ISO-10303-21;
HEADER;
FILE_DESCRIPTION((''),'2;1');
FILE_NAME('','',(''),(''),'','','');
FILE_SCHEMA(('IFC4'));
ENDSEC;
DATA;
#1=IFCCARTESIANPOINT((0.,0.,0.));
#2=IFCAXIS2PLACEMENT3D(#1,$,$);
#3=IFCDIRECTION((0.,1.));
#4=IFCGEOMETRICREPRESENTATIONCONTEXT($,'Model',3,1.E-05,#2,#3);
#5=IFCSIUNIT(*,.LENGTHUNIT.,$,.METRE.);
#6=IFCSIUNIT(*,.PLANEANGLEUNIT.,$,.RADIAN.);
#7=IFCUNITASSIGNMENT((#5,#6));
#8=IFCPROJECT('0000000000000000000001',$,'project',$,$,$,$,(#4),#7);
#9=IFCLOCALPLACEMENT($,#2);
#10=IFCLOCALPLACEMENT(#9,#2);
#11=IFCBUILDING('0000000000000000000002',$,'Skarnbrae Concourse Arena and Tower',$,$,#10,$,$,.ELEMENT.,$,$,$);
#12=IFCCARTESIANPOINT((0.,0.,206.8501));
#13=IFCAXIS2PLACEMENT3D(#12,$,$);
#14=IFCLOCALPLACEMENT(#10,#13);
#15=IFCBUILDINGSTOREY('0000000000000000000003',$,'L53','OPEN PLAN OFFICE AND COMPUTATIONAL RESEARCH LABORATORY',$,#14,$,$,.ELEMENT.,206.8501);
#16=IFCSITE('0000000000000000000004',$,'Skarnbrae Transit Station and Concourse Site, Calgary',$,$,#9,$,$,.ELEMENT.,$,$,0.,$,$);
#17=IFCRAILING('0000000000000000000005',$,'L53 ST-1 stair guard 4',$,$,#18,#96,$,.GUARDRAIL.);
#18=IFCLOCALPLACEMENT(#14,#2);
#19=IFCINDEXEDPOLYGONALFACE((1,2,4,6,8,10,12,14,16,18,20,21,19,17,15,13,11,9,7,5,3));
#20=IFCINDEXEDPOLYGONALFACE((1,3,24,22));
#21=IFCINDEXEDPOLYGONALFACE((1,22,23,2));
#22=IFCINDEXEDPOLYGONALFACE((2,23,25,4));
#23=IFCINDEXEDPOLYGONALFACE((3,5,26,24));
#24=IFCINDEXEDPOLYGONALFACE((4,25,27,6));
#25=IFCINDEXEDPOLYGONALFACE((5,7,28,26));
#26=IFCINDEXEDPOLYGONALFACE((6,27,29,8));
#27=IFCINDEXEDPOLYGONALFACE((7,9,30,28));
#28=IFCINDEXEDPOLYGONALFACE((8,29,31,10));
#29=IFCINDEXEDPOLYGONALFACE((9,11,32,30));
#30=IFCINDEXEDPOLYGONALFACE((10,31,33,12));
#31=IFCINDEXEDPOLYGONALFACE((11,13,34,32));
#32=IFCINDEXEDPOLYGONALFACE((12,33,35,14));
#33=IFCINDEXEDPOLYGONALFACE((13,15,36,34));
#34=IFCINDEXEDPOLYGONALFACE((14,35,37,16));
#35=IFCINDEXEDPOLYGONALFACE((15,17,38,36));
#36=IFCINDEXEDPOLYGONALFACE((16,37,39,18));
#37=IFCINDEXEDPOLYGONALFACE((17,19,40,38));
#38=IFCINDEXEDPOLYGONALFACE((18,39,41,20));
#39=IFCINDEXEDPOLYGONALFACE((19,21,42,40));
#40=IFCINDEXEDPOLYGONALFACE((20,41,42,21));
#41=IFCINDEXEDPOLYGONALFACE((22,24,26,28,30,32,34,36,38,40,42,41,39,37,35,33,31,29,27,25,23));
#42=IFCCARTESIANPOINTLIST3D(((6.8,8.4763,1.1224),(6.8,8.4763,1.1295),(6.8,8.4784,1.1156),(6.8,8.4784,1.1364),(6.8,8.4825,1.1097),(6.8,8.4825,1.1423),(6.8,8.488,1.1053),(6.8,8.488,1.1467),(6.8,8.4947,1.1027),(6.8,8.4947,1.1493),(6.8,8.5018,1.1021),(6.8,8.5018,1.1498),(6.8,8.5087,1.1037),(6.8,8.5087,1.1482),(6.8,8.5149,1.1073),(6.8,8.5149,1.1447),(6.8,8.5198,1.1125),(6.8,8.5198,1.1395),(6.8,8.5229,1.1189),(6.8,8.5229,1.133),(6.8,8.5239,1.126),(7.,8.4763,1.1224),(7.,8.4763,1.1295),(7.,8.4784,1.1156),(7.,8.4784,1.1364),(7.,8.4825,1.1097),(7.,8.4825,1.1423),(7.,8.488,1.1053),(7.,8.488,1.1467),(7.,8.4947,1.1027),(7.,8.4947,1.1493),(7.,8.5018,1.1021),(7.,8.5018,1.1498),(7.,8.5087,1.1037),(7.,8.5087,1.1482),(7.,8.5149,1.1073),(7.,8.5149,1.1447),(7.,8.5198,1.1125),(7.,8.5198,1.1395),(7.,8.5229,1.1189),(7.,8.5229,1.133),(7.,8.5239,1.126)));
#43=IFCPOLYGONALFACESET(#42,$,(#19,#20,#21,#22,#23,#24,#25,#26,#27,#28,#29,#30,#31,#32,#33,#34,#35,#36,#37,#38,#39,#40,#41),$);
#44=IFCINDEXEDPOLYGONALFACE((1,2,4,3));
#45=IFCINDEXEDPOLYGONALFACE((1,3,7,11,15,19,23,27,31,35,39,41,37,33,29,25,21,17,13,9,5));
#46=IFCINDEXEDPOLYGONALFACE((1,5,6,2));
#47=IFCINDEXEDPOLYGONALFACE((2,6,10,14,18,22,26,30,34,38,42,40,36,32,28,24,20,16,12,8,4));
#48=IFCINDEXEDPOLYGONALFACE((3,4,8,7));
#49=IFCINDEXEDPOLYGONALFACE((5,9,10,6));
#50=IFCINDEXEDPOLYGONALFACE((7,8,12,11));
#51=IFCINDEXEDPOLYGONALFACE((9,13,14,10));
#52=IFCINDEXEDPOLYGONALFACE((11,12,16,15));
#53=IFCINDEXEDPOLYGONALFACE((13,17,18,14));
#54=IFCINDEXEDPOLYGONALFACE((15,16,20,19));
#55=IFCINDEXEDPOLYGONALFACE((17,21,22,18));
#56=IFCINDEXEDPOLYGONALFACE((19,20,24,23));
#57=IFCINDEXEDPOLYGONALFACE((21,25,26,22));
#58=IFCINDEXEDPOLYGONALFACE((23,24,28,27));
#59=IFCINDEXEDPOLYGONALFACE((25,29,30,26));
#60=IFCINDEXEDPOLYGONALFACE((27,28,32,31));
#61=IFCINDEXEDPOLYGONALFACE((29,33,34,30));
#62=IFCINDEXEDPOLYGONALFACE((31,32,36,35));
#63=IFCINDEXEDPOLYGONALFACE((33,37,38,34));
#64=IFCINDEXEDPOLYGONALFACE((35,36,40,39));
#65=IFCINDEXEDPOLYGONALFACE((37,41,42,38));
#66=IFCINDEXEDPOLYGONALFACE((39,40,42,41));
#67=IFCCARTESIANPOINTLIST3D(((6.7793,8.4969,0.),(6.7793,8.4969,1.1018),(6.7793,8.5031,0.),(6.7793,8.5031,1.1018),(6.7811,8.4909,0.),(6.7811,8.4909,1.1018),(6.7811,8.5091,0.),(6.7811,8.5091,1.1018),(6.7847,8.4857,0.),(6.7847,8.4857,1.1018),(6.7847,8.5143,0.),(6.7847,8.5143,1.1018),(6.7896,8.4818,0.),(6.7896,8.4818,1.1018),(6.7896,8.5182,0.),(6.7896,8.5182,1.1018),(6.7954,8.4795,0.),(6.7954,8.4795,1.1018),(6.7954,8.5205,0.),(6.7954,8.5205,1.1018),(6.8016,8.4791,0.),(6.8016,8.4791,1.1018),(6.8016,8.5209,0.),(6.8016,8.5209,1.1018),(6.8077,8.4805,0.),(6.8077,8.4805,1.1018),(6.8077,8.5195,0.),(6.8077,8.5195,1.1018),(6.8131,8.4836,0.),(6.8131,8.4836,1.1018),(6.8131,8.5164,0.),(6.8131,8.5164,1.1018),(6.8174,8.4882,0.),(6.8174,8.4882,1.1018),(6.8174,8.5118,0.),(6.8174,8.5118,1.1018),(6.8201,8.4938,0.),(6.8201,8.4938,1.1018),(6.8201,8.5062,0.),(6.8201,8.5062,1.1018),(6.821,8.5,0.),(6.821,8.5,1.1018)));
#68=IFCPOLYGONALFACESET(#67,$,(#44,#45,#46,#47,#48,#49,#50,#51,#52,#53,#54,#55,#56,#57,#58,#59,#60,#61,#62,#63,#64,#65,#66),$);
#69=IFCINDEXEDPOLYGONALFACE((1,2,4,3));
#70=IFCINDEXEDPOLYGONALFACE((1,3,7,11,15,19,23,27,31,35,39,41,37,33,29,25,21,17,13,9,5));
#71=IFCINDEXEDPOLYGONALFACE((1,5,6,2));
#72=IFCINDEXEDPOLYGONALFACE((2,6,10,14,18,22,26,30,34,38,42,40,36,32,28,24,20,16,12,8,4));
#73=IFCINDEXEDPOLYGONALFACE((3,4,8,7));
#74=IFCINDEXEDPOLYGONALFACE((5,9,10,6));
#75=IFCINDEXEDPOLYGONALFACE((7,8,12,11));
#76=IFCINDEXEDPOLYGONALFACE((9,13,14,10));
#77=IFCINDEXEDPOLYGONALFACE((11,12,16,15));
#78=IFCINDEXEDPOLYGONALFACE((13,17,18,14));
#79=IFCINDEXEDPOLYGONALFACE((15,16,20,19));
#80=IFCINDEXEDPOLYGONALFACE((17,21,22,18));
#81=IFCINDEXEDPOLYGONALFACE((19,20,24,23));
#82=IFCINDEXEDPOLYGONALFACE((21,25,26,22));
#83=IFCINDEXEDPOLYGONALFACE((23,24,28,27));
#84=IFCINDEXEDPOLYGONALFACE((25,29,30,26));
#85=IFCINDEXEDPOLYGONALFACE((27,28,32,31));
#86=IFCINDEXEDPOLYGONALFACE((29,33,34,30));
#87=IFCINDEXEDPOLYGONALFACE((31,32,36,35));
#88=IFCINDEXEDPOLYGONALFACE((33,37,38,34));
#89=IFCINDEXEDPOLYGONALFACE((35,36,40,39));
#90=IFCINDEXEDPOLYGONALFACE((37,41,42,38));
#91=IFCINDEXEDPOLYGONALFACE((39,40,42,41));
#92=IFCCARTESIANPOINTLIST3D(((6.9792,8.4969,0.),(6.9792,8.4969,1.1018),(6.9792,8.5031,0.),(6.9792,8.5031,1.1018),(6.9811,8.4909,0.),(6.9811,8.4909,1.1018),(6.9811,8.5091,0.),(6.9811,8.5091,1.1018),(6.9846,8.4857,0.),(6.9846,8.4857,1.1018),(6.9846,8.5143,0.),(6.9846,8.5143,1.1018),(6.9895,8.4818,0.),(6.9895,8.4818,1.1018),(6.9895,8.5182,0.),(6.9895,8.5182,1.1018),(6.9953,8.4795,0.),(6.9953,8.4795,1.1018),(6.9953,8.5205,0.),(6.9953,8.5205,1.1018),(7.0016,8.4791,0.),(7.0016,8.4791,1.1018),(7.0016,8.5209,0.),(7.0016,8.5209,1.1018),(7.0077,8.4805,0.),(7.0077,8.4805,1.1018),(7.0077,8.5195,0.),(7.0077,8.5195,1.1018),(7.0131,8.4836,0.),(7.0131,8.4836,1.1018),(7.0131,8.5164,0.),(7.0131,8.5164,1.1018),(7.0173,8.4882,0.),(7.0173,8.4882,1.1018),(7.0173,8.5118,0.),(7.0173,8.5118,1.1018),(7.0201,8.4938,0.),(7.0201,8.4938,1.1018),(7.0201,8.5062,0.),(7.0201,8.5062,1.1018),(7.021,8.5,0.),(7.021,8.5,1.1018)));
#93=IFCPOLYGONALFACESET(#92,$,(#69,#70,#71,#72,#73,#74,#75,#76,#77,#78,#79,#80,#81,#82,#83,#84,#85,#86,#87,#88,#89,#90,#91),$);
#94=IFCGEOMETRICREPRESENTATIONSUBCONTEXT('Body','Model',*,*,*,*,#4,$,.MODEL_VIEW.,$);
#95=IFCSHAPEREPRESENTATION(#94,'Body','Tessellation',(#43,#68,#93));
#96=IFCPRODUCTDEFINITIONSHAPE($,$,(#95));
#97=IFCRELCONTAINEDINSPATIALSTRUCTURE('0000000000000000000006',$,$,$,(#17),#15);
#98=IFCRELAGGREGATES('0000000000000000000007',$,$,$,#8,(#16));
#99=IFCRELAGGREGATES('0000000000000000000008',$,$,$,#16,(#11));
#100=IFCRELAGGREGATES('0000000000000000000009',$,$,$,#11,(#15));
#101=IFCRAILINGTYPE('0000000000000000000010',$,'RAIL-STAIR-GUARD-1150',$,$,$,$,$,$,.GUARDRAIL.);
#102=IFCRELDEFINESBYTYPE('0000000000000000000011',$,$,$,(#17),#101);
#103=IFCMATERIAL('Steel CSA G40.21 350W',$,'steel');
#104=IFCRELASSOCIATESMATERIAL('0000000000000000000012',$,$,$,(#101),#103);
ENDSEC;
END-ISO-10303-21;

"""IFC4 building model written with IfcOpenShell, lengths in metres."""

from ifc_helpers import new_model, si_unit, direction, frame, origin, origin_2d, place, context, subcontext, project, spatial, circle, extrude, material, type_object, element, save


model = new_model("IFC4")

# Units and contexts
model_context = context("Model", 3, precision=1e-05, world=origin(), true_north=direction((0.0, 1.0)))
body_context = subcontext(model_context, "Body", "Model", "MODEL_VIEW")
ifc_project = project(units=[si_unit("LENGTHUNIT", "METRE"), si_unit("PLANEANGLEUNIT", "RADIAN")], contexts=[model_context])

# Site, building, storey
site_placement = place(None, origin())
site = spatial("IfcSite", under=ifc_project, at=site_placement, Name="Skarnbrae Transit Station and Concourse Site, Calgary", CompositionType="ELEMENT", RefElevation=0.0)
building_placement = place(site_placement, origin())
building = spatial("IfcBuilding", under=site, at=building_placement, Name="Skarnbrae Concourse Arena and Tower", CompositionType="ELEMENT")
storey_placement = place(building_placement, frame((0.0, 0.0, 206.8501)))
storey = spatial("IfcBuildingStorey", under=building, at=storey_placement, Name="L53", Description="OPEN PLAN OFFICE AND COMPUTATIONAL RESEARCH LABORATORY", CompositionType="ELEMENT", Elevation=206.8501)

# Shared definitions
ifc_material_1 = material(Name="Steel CSA G40.21 350W", Category="steel")

# Railing
railing_type = type_object("IfcRailingType", Name="RAIL-STAIR-GUARD-1150", PredefinedType="GUARDRAIL", material=ifc_material_1)
railing_placement = place(storey_placement, frame((6.8, 8.5, 0.0)))
element("IfcRailing", 1, at=railing_placement, inside=storey, type_object=railing_type, Name="L53 ST-1 stair guard 4", PredefinedType="GUARDRAIL", context=body_context, shape_type="SweptSolid", body=[
    extrude(circle(Radius=0.0239, at=origin_2d()), frame((0.0, 0.0, 1.126), z_axis=(1.0, 0.0, 0.0), x_axis=(0.0, 1.0, 0.0)), (0.0, 0.0, 1.0), 0.2),
    extrude(circle(Radius=0.021, at=origin_2d()), origin(), (0.0, 0.0, 1.0), 1.1018),
    extrude(circle(Radius=0.021, at=origin_2d()), frame((0.2, 0.0, 0.0)), (0.0, 0.0, 1.0), 1.1018),
])

save(model, "model.ifc")
